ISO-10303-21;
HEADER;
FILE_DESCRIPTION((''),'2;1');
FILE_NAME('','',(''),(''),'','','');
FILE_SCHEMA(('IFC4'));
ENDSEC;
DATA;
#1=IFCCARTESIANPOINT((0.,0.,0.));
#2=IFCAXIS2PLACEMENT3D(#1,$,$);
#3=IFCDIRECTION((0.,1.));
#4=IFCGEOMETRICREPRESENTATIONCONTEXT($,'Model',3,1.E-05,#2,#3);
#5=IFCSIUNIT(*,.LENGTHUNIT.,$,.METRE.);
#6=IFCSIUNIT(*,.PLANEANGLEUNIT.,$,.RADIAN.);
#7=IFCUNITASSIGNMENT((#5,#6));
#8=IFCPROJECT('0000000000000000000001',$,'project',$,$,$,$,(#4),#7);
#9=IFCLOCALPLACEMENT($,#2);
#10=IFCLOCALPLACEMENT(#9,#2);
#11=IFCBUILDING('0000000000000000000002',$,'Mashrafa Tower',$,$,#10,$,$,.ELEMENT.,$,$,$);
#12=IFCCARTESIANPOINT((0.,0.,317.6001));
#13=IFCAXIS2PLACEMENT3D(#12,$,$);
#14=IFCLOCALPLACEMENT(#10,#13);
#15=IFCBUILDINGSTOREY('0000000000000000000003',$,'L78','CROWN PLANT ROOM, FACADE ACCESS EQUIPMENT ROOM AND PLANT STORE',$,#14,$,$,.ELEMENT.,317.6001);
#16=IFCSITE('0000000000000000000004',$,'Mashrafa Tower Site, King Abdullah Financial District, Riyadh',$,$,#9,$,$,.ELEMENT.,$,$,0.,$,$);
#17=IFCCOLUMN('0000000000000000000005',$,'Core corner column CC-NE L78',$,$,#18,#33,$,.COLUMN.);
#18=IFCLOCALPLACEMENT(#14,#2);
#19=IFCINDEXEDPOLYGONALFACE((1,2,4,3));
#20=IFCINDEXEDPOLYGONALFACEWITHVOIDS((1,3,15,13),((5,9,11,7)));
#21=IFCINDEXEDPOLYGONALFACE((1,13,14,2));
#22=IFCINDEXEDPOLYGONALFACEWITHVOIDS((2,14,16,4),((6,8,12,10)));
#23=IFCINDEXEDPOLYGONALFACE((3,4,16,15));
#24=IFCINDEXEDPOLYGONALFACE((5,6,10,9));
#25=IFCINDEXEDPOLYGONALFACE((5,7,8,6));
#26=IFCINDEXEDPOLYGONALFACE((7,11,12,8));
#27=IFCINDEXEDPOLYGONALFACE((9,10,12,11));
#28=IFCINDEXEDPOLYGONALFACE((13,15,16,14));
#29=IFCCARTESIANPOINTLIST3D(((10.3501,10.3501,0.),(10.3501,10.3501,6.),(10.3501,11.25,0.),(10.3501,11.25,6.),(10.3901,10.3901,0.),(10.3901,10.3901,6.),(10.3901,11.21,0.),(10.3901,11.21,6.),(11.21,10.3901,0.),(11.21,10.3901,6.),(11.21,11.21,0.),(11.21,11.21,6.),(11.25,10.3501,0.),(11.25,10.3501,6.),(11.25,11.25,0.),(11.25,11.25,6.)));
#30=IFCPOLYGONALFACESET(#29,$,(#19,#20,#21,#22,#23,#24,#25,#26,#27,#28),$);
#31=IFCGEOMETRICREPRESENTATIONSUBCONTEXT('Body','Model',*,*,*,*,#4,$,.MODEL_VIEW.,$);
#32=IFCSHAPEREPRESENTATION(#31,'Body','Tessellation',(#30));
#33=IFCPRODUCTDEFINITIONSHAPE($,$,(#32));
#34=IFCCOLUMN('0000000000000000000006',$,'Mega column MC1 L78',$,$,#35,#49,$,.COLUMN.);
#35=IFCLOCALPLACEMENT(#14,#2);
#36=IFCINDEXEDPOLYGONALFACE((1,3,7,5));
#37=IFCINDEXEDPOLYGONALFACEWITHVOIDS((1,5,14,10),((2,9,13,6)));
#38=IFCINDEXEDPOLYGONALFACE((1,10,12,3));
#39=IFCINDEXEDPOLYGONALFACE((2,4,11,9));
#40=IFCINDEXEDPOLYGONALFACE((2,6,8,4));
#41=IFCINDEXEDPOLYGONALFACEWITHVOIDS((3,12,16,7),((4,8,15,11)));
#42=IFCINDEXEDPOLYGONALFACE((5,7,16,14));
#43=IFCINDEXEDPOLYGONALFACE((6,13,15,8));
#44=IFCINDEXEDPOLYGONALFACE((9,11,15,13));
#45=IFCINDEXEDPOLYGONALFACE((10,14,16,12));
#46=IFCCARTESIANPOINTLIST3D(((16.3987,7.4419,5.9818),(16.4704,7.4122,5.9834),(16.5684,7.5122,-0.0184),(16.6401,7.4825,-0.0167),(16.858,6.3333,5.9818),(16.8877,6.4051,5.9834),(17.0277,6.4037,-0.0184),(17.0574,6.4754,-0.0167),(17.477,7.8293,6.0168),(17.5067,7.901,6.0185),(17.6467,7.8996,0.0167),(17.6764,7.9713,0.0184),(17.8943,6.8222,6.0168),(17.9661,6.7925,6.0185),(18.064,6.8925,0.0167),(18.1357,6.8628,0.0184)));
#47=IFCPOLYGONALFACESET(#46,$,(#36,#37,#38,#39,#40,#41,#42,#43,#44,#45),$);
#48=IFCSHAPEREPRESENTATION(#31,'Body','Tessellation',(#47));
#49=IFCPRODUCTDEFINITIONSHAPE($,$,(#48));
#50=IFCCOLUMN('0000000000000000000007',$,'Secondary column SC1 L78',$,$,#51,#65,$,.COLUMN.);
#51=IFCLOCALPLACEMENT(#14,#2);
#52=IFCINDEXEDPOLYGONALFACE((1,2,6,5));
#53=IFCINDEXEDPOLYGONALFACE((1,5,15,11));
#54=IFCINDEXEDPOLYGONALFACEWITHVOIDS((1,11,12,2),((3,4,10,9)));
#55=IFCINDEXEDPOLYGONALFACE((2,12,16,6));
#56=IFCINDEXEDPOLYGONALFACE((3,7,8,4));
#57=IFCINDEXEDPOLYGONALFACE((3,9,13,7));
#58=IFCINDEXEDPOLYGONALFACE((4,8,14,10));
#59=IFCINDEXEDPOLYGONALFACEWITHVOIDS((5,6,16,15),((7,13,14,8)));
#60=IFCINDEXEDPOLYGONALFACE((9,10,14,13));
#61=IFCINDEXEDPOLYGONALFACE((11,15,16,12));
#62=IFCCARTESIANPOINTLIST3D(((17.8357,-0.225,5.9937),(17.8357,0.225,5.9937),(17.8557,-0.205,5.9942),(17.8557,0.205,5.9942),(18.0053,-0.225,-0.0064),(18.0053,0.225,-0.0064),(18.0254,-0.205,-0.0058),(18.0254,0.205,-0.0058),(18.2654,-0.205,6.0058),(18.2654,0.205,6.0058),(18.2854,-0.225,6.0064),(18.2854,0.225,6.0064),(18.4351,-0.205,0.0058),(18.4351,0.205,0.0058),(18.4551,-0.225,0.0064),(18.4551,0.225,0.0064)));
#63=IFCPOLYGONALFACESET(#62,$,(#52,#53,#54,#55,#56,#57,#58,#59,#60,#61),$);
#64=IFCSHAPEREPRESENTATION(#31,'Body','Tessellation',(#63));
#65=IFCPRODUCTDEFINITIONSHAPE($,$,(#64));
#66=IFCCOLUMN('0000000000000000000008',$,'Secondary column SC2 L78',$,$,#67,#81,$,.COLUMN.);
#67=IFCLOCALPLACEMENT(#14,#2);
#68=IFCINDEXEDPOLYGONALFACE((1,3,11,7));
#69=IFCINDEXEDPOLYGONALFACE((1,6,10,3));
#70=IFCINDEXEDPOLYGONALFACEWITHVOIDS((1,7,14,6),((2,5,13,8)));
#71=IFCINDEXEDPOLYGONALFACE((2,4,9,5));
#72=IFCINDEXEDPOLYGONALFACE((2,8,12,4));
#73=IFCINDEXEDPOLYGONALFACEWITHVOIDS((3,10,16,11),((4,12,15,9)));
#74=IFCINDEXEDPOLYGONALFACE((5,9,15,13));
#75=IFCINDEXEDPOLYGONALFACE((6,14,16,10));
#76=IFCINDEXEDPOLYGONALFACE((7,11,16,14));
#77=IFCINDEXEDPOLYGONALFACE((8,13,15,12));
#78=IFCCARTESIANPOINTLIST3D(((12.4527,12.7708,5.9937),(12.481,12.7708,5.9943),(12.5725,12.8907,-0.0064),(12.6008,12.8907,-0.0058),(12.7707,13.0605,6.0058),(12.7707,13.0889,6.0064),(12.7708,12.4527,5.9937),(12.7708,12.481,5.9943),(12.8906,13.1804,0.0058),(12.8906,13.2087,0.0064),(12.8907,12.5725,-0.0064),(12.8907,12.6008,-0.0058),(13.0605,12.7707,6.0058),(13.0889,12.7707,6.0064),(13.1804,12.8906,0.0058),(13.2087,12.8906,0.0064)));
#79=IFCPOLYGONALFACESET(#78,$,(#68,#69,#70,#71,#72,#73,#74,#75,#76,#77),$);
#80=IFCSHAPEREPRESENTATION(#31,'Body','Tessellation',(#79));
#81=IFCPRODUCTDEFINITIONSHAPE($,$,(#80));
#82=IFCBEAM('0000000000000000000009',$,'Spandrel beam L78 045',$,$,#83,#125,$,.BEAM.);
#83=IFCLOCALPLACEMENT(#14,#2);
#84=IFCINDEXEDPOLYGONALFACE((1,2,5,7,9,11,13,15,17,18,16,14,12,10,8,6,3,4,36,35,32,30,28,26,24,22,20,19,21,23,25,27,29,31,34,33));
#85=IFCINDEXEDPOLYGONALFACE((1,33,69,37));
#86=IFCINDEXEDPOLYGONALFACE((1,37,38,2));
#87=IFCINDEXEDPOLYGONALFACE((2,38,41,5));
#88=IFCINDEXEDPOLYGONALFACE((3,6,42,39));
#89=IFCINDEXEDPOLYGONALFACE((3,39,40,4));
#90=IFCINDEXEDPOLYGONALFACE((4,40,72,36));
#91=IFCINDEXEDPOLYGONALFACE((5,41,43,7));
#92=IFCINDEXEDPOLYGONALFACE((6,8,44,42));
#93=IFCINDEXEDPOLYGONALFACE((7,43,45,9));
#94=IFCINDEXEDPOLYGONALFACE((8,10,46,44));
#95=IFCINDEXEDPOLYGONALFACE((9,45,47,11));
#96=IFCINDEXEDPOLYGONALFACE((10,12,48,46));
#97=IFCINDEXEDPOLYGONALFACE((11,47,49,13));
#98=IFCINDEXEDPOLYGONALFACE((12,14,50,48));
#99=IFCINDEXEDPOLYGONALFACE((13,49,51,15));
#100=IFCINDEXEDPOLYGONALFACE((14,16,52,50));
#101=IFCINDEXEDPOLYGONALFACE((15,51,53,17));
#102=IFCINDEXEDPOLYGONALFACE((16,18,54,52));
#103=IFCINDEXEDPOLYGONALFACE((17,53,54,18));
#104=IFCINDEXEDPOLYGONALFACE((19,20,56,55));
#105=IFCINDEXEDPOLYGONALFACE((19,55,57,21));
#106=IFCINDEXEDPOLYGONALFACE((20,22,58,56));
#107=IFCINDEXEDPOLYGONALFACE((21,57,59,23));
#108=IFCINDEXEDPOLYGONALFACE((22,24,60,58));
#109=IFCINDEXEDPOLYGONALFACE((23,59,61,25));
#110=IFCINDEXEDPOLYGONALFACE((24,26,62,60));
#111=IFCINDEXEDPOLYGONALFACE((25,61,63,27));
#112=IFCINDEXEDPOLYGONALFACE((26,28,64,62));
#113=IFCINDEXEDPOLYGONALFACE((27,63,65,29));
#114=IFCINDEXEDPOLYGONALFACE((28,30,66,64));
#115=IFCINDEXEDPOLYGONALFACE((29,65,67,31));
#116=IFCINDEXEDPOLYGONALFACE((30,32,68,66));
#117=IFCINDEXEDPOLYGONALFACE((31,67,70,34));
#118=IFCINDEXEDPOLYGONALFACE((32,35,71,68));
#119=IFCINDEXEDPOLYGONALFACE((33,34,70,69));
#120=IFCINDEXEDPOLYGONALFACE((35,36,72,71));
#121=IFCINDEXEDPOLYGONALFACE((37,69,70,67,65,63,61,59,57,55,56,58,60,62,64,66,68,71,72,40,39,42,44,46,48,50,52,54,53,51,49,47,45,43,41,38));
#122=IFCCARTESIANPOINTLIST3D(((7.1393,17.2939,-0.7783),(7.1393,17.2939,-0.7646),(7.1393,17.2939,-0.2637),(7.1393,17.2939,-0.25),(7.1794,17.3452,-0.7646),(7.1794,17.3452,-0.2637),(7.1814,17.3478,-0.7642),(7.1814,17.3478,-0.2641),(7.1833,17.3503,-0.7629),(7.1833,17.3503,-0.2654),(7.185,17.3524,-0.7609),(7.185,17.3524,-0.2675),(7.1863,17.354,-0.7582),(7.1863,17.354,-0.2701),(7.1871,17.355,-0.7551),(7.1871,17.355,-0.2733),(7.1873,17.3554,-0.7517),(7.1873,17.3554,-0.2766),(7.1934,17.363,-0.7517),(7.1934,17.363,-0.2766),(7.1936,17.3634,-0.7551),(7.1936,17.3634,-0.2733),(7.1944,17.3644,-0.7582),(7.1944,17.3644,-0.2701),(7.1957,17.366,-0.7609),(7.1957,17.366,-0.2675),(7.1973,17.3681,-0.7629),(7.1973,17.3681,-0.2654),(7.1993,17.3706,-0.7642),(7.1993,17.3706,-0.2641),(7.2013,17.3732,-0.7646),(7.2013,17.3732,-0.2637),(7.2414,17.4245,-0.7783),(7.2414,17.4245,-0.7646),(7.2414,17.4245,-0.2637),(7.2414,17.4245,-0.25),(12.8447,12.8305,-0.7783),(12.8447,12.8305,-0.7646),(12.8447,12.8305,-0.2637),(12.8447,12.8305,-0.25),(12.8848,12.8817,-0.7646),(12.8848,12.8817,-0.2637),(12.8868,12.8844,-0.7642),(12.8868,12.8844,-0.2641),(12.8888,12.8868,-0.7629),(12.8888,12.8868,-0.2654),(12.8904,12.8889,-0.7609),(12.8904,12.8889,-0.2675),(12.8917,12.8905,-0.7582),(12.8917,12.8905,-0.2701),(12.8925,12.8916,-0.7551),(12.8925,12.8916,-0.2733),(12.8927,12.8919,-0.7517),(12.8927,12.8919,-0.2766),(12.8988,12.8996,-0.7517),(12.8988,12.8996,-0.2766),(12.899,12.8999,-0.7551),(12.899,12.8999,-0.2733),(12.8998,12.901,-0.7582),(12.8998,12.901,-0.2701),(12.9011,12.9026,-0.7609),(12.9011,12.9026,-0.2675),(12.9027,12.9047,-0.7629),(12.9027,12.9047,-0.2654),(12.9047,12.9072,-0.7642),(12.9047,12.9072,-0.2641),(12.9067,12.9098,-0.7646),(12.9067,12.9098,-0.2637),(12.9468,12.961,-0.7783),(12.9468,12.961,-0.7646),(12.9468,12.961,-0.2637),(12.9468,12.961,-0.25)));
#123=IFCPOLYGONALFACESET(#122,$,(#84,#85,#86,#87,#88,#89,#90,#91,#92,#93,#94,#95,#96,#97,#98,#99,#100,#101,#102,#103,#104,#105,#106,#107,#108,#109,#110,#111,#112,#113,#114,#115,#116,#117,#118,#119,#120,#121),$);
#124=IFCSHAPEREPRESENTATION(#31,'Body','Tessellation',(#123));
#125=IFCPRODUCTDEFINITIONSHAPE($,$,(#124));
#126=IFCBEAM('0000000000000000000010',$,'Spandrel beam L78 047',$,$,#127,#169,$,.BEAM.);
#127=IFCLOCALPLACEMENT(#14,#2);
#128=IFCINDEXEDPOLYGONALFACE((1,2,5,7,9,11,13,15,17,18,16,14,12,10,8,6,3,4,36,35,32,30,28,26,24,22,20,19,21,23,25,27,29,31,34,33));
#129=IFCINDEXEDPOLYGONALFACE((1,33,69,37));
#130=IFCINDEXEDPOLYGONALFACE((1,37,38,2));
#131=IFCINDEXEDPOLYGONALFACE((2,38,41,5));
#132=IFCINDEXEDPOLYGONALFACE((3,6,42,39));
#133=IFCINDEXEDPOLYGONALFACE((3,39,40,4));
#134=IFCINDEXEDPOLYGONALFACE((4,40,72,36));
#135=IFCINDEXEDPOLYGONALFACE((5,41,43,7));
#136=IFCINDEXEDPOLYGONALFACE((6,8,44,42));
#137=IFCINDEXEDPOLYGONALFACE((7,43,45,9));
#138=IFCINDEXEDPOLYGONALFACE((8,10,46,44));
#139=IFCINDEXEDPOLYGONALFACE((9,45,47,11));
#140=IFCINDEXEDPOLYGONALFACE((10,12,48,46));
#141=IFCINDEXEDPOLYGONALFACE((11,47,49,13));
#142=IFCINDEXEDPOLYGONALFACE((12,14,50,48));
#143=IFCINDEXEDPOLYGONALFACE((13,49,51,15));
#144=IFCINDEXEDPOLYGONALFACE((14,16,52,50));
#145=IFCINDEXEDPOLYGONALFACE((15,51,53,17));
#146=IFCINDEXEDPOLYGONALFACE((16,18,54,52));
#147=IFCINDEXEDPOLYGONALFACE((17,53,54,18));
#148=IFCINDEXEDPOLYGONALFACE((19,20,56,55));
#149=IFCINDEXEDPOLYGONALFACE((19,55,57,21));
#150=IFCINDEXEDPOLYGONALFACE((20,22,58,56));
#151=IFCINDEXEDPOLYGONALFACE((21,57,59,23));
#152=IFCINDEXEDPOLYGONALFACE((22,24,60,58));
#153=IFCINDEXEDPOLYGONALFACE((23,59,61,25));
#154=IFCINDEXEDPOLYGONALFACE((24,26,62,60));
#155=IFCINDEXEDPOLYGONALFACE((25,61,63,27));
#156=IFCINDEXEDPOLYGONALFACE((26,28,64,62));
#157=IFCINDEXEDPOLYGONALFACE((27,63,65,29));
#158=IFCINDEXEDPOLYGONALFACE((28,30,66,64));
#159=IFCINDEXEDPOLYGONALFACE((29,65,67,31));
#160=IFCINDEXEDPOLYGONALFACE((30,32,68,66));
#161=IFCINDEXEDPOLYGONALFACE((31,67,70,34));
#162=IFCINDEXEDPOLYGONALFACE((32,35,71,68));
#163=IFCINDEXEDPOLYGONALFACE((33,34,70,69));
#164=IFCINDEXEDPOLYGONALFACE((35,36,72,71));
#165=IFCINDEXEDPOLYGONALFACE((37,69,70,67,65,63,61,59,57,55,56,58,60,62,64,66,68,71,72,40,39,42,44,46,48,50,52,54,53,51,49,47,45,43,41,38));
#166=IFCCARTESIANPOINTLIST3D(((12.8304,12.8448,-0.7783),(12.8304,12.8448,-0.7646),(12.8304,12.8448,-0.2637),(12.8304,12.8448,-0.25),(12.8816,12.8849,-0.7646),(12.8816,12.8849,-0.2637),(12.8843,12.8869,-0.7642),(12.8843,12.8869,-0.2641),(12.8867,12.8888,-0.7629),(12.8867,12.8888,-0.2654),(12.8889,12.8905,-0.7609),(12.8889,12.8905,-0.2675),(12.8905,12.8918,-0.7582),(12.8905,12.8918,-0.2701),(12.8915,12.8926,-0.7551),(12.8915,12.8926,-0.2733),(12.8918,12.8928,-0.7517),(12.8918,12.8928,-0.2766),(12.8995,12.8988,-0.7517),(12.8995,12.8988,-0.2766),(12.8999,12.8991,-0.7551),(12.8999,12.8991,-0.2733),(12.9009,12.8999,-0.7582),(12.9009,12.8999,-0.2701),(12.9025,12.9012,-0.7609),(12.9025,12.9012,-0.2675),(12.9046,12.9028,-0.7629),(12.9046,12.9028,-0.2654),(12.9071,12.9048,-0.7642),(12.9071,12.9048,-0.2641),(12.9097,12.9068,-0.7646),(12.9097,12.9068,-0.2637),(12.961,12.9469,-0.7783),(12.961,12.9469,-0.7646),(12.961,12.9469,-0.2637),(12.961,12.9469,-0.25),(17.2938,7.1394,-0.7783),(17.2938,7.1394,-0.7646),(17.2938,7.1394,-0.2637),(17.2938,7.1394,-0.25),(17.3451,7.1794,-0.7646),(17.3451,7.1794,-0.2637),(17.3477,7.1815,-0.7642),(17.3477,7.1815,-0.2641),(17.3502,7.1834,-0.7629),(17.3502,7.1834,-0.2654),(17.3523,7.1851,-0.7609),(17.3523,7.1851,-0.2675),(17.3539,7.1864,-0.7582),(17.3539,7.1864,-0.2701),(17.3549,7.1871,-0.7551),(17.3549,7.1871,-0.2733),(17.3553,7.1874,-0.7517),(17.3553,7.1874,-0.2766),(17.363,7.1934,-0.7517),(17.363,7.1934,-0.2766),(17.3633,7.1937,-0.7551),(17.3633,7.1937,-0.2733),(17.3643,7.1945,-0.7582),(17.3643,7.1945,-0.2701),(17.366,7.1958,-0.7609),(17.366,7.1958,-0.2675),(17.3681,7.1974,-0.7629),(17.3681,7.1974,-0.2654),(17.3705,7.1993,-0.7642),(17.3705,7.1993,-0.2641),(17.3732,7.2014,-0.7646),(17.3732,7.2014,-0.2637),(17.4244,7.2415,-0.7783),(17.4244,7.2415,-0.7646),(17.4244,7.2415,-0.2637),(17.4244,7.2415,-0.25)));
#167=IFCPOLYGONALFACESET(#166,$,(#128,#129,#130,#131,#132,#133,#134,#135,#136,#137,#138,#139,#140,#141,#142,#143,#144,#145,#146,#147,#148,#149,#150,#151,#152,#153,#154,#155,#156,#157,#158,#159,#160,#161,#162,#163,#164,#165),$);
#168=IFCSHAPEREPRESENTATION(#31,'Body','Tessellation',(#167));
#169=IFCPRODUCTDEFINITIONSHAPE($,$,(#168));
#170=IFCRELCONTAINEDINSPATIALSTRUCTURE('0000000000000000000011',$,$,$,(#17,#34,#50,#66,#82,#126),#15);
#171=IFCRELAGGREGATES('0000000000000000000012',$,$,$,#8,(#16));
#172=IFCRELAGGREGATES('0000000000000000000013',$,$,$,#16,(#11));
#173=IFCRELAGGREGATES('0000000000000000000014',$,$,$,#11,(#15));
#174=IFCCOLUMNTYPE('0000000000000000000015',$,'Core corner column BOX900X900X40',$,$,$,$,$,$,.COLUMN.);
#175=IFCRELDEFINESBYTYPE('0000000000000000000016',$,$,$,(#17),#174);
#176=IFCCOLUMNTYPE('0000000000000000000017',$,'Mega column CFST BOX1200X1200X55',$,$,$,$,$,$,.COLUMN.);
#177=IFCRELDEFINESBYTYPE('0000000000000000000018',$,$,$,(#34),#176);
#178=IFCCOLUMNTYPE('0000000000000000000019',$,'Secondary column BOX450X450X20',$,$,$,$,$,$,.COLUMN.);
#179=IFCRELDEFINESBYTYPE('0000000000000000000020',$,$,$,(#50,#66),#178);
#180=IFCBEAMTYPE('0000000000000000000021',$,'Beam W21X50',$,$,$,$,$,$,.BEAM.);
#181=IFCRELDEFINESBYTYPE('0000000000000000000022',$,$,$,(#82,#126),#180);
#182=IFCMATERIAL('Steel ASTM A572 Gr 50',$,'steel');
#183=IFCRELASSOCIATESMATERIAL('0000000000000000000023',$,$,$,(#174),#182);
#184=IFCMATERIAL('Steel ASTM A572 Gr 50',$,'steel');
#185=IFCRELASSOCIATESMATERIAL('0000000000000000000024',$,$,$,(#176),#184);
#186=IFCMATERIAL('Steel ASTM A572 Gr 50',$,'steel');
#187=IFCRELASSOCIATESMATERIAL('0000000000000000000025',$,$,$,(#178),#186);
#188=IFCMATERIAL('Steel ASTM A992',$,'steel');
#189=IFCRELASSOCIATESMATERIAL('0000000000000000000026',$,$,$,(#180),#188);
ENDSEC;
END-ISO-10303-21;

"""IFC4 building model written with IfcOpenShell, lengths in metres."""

from ifc_helpers import new_model, si_unit, direction, frame, origin, origin_2d, place, context, subcontext, project, spatial, hollow_rectangle, i_section, extrude, material, material_profile, profile_set, type_object, element, save


model = new_model("IFC4")

# Units and contexts
model_context = context("Model", 3, precision=1e-05, world=origin(), true_north=direction((0.0, 1.0)))
body_context = subcontext(model_context, "Body", "Model", "MODEL_VIEW")
ifc_project = project(units=[si_unit("LENGTHUNIT", "METRE"), si_unit("PLANEANGLEUNIT", "RADIAN")], contexts=[model_context])

# Site, building, storey
site_placement = place(None, origin())
site = spatial("IfcSite", under=ifc_project, at=site_placement, Name="Mashrafa Tower Site, King Abdullah Financial District, Riyadh", CompositionType="ELEMENT", RefElevation=0.0)
building_placement = place(site_placement, origin())
building = spatial("IfcBuilding", under=site, at=building_placement, Name="Mashrafa Tower", CompositionType="ELEMENT")
storey_placement = place(building_placement, frame((0.0, 0.0, 317.6001)))
storey = spatial("IfcBuildingStorey", under=building, at=storey_placement, Name="L78", Description="CROWN PLANT ROOM, FACADE ACCESS EQUIPMENT ROOM AND PLANT STORE", CompositionType="ELEMENT", Elevation=317.6001)

# Columns
ifc_material_1 = material(Name="Steel ASTM A572 Gr 50", Category="steel")
ifc_material_profile_1 = material_profile(ifc_material_1, hollow_rectangle(XDim=0.8999, YDim=0.8999, WallThickness=0.04, at=origin_2d()), Name="BOX900X900X40")
ifc_profile_set_1 = profile_set([ifc_material_profile_1], Name="Steel ASTM A572 Gr 50")
column_type_1 = type_object("IfcColumnType", Name="Core corner column BOX900X900X40", PredefinedType="COLUMN", material=ifc_profile_set_1)
column_1_placement = place(storey_placement, frame((10.8, 10.8, 0.0), z_axis=(0.0, 0.0, 1.0), x_axis=(1.0, 0.0, 0.0)))
element("IfcColumn", 1, at=column_1_placement, inside=storey, type_object=column_type_1, Name="Core corner column CC-NE L78", PredefinedType="COLUMN", context=body_context, shape_type="SweptSolid", body=[
    extrude(hollow_rectangle(XDim=0.8999, YDim=0.8999, WallThickness=0.04, at=origin_2d()), origin(), (0.0, 0.0, 1.0), 6.0),
])
ifc_material_2 = material(Name="Steel ASTM A572 Gr 50", Category="steel")
ifc_material_profile_2 = material_profile(ifc_material_2, hollow_rectangle(XDim=1.2, YDim=1.2, WallThickness=0.0549, at=origin_2d()), Name="BOX1200X1200X55")
ifc_profile_set_2 = profile_set([ifc_material_profile_2], Name="Steel ASTM A572 Gr 50")
column_type_2 = type_object("IfcColumnType", Name="Mega column CFST BOX1200X1200X55", PredefinedType="COLUMN", material=ifc_profile_set_2)
column_2_placement = place(storey_placement, frame((17.3521, 7.1875, 0.0), z_axis=(-0.028266, -0.011713, 0.999532), x_axis=(0.382821, -0.923822, 0.0)))
element("IfcColumn", 2, at=column_2_placement, inside=storey, type_object=column_type_2, Name="Mega column MC1 L78", PredefinedType="COLUMN", context=body_context, shape_type="SweptSolid", body=[
    extrude(hollow_rectangle(XDim=1.2, YDim=1.2, WallThickness=0.0549, at=origin_2d()), origin(), (0.0, 0.0, 1.0), 6.0029),
])
ifc_material_3 = material(Name="Steel ASTM A572 Gr 50", Category="steel")
ifc_material_profile_3 = material_profile(ifc_material_3, hollow_rectangle(XDim=0.45, YDim=0.45, WallThickness=0.02, at=origin_2d()), Name="BOX450X450X20")
ifc_profile_set_3 = profile_set([ifc_material_profile_3], Name="Steel ASTM A572 Gr 50")
column_type_3 = type_object("IfcColumnType", Name="Secondary column BOX450X450X20", PredefinedType="COLUMN", material=ifc_profile_set_3)
for number, where, z_axis, x_axis, name in (
    (3, (18.2302, 0.0, 0.0), (-0.028268, 0.0, 0.9996), (0.0, -1.0, 0.0), "Secondary column SC1 L78"),
    (4, (12.8906, 12.8906, 0.0), (-0.019971, -0.019971, 0.999601), (0.707107, -0.707107, 0.0), "Secondary column SC2 L78"),
):
    element("IfcColumn", number, at=place(storey_placement, frame(where, z_axis=z_axis, x_axis=x_axis)), inside=storey, type_object=column_type_3, Name=name, PredefinedType="COLUMN", context=body_context, shape_type="SweptSolid", body=[
        extrude(hollow_rectangle(XDim=0.45, YDim=0.45, WallThickness=0.02, at=origin_2d()), origin(), (0.0, 0.0, 1.0), 6.0024),
    ])

# Beams
ifc_material_4 = material(Name="Steel ASTM A992", Category="steel")
ifc_material_profile_4 = material_profile(ifc_material_4, i_section(OverallWidth=0.1658, OverallDepth=0.5283, WebThickness=0.0098, FlangeThickness=0.0137, FilletRadius=0.0129, at=origin_2d()), Name="W21X50")
ifc_profile_set_4 = profile_set([ifc_material_profile_4], Name="Steel ASTM A992")
beam_type_1 = type_object("IfcBeamType", Name="Beam W21X50", PredefinedType="BEAM", material=ifc_profile_set_4)
for number, where, z_axis, x_axis, name in (
    (5, (12.8958, 12.8958, -0.5142), (-0.787616, 0.616166, 0.0), (-0.616166, -0.787616, 0.0), "Spandrel beam L78 045"),
    (6, (17.3591, 7.1904, -0.5142), (-0.616166, 0.787616, 0.0), (-0.787616, -0.616166, 0.0), "Spandrel beam L78 047"),
):
    element("IfcBeam", number, at=place(storey_placement, frame(where, z_axis=z_axis, x_axis=x_axis)), inside=storey, type_object=beam_type_1, Name=name, PredefinedType="BEAM", context=body_context, shape_type="SweptSolid", body=[
        extrude(i_section(OverallWidth=0.1658, OverallDepth=0.5283, WebThickness=0.0098, FlangeThickness=0.0137, FilletRadius=0.0129, at=origin_2d()), origin(), (0.0, 0.0, 1.0), 7.2439),
    ])

save(model, "model.ifc")
